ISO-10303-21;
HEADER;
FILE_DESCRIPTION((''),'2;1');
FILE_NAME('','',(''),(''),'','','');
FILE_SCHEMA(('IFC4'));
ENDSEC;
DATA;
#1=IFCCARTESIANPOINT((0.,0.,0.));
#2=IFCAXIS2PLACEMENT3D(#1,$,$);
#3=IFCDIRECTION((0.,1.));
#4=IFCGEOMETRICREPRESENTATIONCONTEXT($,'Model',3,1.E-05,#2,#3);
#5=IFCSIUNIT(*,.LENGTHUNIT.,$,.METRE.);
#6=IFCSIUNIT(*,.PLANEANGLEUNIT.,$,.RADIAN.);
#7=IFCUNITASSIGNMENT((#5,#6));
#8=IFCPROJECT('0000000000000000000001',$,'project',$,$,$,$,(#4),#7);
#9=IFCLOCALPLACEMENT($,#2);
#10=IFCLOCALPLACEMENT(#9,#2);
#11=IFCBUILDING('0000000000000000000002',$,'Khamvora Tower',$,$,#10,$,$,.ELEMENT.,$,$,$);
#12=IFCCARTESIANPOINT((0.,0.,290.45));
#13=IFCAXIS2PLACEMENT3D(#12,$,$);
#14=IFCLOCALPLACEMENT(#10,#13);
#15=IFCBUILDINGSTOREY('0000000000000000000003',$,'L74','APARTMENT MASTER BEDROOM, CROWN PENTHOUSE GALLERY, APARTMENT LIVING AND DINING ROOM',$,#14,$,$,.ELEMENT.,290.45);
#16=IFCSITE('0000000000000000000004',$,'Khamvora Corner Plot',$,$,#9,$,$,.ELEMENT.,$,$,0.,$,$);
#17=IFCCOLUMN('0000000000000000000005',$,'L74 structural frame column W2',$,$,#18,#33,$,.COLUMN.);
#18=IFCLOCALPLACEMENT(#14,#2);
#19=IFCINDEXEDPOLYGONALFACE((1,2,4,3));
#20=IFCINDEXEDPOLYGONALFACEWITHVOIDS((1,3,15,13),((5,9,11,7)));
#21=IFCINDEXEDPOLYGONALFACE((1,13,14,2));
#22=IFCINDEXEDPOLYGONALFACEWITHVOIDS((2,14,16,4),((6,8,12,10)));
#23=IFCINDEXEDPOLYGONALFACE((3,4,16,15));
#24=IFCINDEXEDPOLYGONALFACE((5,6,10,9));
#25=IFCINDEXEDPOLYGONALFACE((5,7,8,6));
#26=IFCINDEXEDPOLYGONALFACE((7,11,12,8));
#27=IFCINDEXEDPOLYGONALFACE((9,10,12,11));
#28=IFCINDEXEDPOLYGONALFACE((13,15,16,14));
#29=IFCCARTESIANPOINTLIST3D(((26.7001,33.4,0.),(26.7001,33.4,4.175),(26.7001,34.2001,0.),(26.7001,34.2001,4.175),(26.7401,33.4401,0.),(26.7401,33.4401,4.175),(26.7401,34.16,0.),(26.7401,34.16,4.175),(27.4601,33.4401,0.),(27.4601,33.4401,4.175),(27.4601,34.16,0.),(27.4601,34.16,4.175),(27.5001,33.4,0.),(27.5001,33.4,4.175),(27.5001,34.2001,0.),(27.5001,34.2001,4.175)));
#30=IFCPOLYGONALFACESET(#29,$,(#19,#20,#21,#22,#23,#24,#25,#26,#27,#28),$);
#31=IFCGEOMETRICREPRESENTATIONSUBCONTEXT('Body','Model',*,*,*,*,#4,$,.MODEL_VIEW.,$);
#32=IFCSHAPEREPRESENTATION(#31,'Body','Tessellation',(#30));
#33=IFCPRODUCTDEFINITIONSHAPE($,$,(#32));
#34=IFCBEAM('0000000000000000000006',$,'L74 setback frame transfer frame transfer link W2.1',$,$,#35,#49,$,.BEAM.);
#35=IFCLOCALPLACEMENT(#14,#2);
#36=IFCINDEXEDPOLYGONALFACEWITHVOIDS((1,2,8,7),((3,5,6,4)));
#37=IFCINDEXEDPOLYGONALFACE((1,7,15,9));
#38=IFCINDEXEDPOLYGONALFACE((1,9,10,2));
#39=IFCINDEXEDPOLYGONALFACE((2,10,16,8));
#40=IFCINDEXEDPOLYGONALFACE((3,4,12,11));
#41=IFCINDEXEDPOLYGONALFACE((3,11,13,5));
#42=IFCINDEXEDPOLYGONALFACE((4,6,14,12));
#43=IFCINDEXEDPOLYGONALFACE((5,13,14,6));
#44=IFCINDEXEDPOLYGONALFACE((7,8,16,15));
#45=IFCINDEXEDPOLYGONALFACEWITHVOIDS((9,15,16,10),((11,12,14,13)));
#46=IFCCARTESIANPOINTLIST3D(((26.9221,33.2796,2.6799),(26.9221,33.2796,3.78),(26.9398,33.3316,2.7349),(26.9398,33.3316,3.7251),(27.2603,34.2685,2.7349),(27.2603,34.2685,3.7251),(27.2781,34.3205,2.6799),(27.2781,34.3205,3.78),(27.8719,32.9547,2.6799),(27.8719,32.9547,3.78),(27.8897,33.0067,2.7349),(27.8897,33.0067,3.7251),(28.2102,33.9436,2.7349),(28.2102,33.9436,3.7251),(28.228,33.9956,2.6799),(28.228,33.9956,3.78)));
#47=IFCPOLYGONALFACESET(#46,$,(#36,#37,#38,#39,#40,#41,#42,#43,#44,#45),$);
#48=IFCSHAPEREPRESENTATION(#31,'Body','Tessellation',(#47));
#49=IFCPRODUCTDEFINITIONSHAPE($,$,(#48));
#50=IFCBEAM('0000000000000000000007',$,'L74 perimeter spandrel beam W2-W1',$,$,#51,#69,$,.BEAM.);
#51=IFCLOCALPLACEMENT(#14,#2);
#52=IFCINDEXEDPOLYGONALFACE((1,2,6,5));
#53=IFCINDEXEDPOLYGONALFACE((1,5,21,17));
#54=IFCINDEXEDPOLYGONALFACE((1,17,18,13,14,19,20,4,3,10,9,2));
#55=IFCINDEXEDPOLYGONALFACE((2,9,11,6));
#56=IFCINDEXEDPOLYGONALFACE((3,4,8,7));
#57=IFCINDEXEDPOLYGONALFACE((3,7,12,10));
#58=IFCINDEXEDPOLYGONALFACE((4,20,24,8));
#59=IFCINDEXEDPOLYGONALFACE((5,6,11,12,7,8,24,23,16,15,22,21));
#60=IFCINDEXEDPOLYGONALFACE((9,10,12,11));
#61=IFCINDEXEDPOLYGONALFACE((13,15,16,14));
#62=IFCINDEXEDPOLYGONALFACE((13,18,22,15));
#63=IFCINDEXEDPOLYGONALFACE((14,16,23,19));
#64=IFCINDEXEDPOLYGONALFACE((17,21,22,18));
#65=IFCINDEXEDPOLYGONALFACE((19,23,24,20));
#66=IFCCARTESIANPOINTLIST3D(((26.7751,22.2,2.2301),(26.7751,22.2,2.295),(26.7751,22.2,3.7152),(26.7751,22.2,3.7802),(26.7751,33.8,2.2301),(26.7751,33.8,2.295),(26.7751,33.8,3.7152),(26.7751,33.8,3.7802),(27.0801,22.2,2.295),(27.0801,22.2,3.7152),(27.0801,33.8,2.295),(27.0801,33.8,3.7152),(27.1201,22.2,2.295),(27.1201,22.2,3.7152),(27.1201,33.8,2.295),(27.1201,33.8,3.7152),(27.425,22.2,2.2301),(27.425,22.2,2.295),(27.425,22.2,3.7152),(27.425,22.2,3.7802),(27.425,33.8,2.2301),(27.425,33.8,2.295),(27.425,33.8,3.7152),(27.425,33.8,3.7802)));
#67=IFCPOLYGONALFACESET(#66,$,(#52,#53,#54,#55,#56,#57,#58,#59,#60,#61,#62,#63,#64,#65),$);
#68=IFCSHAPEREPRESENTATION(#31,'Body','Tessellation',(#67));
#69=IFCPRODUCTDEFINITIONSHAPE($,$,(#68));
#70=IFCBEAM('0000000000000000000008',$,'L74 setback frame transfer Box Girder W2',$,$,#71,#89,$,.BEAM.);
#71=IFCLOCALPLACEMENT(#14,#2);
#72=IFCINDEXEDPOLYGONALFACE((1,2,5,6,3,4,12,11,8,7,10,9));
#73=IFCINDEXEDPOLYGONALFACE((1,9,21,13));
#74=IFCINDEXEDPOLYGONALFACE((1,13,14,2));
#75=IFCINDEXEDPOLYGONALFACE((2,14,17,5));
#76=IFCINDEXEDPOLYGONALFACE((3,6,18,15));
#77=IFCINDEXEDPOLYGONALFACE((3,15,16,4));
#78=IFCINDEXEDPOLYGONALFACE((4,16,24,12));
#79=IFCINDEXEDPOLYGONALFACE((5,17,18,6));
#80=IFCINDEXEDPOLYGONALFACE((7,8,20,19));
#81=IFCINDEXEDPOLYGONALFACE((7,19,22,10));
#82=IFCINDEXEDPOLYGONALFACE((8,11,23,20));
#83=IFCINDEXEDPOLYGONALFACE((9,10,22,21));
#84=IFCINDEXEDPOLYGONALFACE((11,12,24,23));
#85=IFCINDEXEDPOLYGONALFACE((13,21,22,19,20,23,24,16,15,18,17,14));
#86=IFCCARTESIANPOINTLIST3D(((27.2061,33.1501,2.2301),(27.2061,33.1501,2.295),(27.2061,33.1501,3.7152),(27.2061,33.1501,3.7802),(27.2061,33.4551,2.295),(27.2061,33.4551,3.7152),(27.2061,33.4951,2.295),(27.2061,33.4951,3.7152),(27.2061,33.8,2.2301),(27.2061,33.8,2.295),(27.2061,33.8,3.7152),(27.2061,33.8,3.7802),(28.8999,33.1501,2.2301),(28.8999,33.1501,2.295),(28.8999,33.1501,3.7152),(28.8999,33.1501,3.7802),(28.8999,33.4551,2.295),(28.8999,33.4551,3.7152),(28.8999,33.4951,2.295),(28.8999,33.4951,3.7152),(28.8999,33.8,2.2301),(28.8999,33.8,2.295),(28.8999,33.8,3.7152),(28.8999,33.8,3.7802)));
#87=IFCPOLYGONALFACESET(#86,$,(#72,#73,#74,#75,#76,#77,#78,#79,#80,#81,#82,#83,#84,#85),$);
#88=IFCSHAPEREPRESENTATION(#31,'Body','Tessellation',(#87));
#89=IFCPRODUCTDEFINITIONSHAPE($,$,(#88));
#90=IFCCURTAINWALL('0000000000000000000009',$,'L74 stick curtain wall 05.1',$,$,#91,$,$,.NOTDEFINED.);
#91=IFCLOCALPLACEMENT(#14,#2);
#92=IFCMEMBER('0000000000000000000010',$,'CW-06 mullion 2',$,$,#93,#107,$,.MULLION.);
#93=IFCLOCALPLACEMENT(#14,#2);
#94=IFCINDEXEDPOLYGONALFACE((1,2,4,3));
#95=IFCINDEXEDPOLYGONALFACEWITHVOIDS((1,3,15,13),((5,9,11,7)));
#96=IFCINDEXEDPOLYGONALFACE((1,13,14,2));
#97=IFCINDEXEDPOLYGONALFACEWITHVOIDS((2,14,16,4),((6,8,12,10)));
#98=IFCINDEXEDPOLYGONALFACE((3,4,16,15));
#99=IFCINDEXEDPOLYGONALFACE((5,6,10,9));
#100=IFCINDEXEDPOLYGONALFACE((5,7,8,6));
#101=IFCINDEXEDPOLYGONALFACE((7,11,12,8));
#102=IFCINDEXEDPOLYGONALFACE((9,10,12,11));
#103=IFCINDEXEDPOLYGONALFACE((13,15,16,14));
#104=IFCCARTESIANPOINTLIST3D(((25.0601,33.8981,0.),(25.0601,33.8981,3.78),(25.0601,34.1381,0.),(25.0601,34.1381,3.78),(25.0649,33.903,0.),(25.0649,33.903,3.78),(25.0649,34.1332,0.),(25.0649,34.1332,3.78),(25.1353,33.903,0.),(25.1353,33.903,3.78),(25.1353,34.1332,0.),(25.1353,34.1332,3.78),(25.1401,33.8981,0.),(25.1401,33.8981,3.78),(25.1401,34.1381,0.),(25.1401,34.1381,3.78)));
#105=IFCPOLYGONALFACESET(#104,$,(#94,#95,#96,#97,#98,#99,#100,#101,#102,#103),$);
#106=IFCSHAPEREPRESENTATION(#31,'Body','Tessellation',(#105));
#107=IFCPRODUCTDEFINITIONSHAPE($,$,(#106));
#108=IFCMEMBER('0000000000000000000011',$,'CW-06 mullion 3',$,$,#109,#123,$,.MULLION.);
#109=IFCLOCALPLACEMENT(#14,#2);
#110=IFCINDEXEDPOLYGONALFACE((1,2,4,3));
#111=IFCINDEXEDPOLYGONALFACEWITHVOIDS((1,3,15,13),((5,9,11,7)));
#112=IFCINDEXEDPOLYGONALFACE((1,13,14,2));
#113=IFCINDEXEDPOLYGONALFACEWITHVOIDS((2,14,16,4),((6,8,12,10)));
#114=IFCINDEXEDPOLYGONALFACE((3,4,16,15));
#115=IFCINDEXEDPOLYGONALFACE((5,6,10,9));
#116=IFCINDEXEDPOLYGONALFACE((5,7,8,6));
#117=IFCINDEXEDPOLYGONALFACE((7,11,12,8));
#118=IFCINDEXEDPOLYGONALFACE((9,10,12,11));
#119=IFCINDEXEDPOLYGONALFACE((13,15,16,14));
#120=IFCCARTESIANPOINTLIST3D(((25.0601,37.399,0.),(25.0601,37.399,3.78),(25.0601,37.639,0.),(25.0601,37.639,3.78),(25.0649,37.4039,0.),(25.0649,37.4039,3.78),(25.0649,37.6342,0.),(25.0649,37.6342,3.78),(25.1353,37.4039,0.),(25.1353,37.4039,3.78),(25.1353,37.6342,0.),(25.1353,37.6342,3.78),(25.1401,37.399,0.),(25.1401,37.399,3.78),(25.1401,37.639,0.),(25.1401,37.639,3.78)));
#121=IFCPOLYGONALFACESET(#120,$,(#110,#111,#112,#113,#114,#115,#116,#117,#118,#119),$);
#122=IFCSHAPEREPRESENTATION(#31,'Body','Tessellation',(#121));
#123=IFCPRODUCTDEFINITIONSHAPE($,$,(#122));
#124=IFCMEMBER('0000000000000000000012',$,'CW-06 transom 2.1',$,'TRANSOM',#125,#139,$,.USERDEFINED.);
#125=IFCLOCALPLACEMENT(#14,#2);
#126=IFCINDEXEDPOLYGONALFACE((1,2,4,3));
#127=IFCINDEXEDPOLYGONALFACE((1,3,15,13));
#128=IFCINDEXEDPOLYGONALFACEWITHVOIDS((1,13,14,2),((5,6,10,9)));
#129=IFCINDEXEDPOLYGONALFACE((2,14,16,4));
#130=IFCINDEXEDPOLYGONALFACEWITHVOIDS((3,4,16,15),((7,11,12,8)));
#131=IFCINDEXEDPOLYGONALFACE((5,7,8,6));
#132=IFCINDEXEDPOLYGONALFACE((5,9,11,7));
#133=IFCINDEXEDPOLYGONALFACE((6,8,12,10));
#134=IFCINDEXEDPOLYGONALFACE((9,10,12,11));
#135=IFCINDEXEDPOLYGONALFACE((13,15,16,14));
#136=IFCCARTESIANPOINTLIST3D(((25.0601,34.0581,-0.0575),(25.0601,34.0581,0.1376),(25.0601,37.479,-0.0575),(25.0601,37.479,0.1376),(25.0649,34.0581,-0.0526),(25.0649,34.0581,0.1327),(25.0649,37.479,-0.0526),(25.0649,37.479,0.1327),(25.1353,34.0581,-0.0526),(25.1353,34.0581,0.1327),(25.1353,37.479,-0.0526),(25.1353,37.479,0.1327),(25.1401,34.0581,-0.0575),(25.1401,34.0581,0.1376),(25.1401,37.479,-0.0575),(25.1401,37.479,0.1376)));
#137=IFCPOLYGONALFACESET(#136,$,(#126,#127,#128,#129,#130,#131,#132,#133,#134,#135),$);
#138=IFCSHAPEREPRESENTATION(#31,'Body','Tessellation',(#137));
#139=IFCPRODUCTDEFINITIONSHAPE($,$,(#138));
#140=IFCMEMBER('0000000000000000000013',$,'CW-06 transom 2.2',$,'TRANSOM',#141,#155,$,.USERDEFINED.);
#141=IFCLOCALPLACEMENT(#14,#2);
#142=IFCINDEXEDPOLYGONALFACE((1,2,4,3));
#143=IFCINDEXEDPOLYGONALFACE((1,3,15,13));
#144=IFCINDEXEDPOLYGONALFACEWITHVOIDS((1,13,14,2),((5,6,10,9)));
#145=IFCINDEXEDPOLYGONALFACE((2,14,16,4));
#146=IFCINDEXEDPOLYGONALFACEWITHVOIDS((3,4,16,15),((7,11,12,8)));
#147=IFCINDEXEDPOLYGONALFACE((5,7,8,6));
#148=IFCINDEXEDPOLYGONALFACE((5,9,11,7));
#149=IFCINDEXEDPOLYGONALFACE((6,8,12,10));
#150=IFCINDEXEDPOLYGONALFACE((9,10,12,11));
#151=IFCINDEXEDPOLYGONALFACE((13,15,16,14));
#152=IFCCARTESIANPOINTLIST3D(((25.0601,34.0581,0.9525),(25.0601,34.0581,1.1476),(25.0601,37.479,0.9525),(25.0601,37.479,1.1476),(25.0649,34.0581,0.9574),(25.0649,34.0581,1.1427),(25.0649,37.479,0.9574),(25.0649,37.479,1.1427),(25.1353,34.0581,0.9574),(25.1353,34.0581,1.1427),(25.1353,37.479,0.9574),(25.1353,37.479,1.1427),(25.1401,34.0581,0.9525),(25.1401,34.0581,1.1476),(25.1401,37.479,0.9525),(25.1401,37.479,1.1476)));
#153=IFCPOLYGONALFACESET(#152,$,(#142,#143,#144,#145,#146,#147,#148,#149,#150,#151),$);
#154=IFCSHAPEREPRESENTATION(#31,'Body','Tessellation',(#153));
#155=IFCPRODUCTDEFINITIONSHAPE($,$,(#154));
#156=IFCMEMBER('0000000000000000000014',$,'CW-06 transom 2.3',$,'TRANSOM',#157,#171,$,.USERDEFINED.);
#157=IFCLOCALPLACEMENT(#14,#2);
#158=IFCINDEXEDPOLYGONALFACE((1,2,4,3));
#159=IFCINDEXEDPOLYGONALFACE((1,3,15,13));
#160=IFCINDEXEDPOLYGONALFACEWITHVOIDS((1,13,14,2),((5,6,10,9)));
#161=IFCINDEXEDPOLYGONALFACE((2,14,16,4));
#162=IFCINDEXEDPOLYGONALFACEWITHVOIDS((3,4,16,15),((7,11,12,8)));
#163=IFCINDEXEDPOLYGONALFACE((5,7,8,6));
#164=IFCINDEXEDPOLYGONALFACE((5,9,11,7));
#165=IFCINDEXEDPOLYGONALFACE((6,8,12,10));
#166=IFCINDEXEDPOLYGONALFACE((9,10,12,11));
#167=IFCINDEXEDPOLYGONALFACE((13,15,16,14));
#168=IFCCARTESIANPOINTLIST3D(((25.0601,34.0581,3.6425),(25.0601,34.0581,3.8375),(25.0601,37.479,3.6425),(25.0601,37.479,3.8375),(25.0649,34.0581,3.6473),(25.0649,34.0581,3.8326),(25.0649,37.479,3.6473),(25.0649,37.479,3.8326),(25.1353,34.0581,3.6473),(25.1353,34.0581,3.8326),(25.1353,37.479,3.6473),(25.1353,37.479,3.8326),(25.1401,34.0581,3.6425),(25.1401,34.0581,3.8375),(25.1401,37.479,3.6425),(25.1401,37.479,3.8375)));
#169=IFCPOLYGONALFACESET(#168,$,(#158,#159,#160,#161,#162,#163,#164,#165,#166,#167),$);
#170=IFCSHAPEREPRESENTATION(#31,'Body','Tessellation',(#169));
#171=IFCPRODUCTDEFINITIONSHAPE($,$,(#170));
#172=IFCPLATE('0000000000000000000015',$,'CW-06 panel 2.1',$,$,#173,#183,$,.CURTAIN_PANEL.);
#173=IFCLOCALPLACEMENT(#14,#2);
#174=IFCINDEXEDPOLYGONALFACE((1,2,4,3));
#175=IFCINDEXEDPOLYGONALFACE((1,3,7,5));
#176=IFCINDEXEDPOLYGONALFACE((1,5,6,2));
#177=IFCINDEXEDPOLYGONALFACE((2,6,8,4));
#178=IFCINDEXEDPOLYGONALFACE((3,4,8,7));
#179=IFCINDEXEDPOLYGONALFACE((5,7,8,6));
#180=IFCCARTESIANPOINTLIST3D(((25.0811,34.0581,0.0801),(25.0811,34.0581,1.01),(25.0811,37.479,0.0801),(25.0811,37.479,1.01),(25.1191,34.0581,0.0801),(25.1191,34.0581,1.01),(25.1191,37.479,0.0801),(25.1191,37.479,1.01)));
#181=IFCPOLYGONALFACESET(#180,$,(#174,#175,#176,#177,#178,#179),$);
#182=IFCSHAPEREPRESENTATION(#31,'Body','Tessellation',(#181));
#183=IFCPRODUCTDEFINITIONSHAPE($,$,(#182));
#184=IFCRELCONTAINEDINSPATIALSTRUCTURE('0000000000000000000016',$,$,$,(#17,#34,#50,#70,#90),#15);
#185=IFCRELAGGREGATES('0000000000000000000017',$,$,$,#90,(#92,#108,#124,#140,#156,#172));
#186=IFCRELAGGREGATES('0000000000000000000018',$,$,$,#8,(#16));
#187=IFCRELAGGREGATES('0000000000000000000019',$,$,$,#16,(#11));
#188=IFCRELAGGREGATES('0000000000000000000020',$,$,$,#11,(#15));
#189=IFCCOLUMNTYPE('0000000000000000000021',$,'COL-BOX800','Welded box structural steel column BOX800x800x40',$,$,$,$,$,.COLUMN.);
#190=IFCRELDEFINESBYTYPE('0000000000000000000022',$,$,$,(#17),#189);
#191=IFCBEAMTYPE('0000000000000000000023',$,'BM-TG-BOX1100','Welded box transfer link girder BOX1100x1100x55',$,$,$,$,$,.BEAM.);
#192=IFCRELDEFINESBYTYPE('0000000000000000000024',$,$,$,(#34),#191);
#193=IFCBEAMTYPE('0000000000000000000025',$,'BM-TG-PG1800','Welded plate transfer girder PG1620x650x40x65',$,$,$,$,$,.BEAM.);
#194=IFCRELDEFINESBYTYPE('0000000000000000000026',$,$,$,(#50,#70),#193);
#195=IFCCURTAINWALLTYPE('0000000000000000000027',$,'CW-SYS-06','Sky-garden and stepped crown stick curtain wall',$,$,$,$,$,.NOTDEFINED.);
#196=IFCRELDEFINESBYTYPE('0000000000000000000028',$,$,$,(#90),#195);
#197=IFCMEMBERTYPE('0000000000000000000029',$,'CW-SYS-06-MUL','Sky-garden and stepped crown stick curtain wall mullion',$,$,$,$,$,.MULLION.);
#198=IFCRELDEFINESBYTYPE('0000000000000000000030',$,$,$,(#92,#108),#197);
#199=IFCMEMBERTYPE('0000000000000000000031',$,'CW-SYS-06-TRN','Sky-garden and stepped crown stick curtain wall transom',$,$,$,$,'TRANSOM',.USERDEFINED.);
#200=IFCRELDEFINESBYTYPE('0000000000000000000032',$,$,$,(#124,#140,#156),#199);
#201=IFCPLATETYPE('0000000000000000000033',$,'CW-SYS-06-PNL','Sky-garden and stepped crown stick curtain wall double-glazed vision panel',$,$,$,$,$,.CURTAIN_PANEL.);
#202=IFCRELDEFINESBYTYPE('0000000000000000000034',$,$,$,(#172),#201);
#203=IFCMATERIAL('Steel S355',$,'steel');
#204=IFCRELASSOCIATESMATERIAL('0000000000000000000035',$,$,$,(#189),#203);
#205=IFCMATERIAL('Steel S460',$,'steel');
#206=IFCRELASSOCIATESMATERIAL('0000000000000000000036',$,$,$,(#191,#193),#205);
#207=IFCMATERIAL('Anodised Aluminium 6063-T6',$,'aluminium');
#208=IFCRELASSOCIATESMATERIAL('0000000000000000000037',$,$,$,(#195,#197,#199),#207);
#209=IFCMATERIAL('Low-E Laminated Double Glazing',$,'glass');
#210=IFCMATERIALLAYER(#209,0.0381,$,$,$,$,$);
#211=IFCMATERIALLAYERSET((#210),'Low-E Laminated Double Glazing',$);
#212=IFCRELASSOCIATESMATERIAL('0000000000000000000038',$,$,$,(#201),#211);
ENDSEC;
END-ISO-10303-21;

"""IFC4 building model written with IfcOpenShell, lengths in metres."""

from ifc_helpers import new_model, si_unit, direction, frame, origin, origin_2d, place, context, subcontext, project, spatial, rectangle, hollow_rectangle, i_section, extrude, material, layer, layer_set, material_profile, profile_set, type_object, element, aggregate, save


model = new_model("IFC4")

# Units and contexts
model_context = context("Model", 3, precision=1e-05, world=origin(), true_north=direction((0.0, 1.0)))
body_context = subcontext(model_context, "Body", "Model", "MODEL_VIEW")
ifc_project = project(units=[si_unit("LENGTHUNIT", "METRE"), si_unit("PLANEANGLEUNIT", "RADIAN")], contexts=[model_context])

# Site, building, storey
site_placement = place(None, origin())
site = spatial("IfcSite", under=ifc_project, at=site_placement, Name="Khamvora Corner Plot", CompositionType="ELEMENT", RefElevation=0.0)
building_placement = place(site_placement, origin())
building = spatial("IfcBuilding", under=site, at=building_placement, Name="Khamvora Tower", CompositionType="ELEMENT")
storey_placement = place(building_placement, frame((0.0, 0.0, 290.45)))
storey = spatial("IfcBuildingStorey", under=building, at=storey_placement, Name="L74", Description="APARTMENT MASTER BEDROOM, CROWN PENTHOUSE GALLERY, APARTMENT LIVING AND DINING ROOM", CompositionType="ELEMENT", Elevation=290.45)

# Column
ifc_material_1 = material(Name="Steel S355", Category="steel")
ifc_material_profile_1 = material_profile(ifc_material_1, hollow_rectangle(XDim=0.8, YDim=0.8, WallThickness=0.04, at=origin_2d()), Name="BOX800x800x40")
ifc_profile_set_1 = profile_set([ifc_material_profile_1], Name="Steel S355")
column_type = type_object("IfcColumnType", Name="COL-BOX800", Description="Welded box structural steel column BOX800x800x40", PredefinedType="COLUMN", material=ifc_profile_set_1)
column_placement = place(storey_placement, frame((27.1001, 33.8, 0.0), z_axis=(0.0, 0.0, 1.0), x_axis=(1.0, 0.0, 0.0)))
element("IfcColumn", 1, at=column_placement, inside=storey, type_object=column_type, Name="L74 structural frame column W2", PredefinedType="COLUMN", context=body_context, shape_type="SweptSolid", body=[
    extrude(hollow_rectangle(XDim=0.8, YDim=0.8, WallThickness=0.04, at=origin_2d()), origin(), (0.0, 0.0, 1.0), 4.175),
])

# Beams
ifc_material_2 = material(Name="Steel S460", Category="steel")
ifc_material_profile_2 = material_profile(ifc_material_2, hollow_rectangle(XDim=1.1001, YDim=1.1001, WallThickness=0.0549, at=origin_2d()), Name="BOX1100x1100x55")
ifc_profile_set_2 = profile_set([ifc_material_profile_2], Name="Steel S460")
beam_type_1 = type_object("IfcBeamType", Name="BM-TG-BOX1100", Description="Welded box transfer link girder BOX1100x1100x55", PredefinedType="BEAM", material=ifc_profile_set_2)
beam_1_placement = place(storey_placement, frame((27.1001, 33.8, 3.23), z_axis=(0.946174, -0.323659, 0.0), x_axis=(0.323659, 0.946174, 0.0)))
element("IfcBeam", 2, at=beam_1_placement, inside=storey, type_object=beam_type_1, Name="L74 setback frame transfer frame transfer link W2.1", PredefinedType="BEAM", context=body_context, shape_type="SweptSolid", body=[
    extrude(hollow_rectangle(XDim=1.1001, YDim=1.1001, WallThickness=0.0549, at=origin_2d()), origin(), (0.0, 0.0, 1.0), 1.0039),
])
ifc_material_profile_3 = material_profile(ifc_material_2, i_section(OverallWidth=0.6499, OverallDepth=1.55, WebThickness=0.04, FlangeThickness=0.0649, at=origin_2d()), Name="PG1550x650x40x65")
ifc_profile_set_3 = profile_set([ifc_material_profile_3], Name="Steel S460")
beam_type_2 = type_object("IfcBeamType", Name="BM-TG-PG1800", Description="Welded plate transfer girder PG1620x650x40x65", PredefinedType="BEAM", material=ifc_profile_set_3)
beam_2_placement = place(storey_placement, frame((27.1001, 33.8, 3.0051), z_axis=(0.0, -1.0, 0.0), x_axis=(1.0, 0.0, 0.0)))
element("IfcBeam", 3, at=beam_2_placement, inside=storey, type_object=beam_type_2, Name="L74 perimeter spandrel beam W2-W1", PredefinedType="BEAM", context=body_context, shape_type="SweptSolid", body=[
    extrude(i_section(OverallWidth=0.6499, OverallDepth=1.55, WebThickness=0.04, FlangeThickness=0.0649, at=origin_2d()), origin(), (0.0, 0.0, 1.0), 11.6001),
])
beam_3_placement = place(storey_placement, frame((27.2061, 33.4751, 3.0051), z_axis=(1.0, 0.0, 0.0), x_axis=(0.0, 1.0, 0.0)))
element("IfcBeam", 4, at=beam_3_placement, inside=storey, type_object=beam_type_2, Name="L74 setback frame transfer Box Girder W2", PredefinedType="BEAM", context=body_context, shape_type="SweptSolid", body=[
    extrude(i_section(OverallWidth=0.6499, OverallDepth=1.55, WebThickness=0.04, FlangeThickness=0.0649, at=origin_2d()), origin(), (0.0, 0.0, 1.0), 1.6938),
])

# Curtain wall, members, plate
ifc_material_3 = material(Name="Anodised Aluminium 6063-T6", Category="aluminium")
curtain_wall_type = type_object("IfcCurtainWallType", Name="CW-SYS-06", Description="Sky-garden and stepped crown stick curtain wall", PredefinedType="NOTDEFINED", material=ifc_material_3)
curtain_wall_placement = place(storey_placement, origin())
curtain_wall = element("IfcCurtainWall", 5, at=curtain_wall_placement, inside=storey, type_object=curtain_wall_type, Name="L74 stick curtain wall 05.1", PredefinedType="NOTDEFINED")
ifc_material_profile_4 = material_profile(ifc_material_3, hollow_rectangle(XDim=0.0801, YDim=0.24, WallThickness=0.0049, at=origin_2d()), Name="MUL80x240x5")
ifc_profile_set_4 = profile_set([ifc_material_profile_4], Name="Anodised Aluminium 6063-T6")
member_type_1 = type_object("IfcMemberType", Name="CW-SYS-06-MUL", Description="Sky-garden and stepped crown stick curtain wall mullion", PredefinedType="MULLION", material=ifc_profile_set_4)
member_1_placement = place(storey_placement, frame((25.1001, 34.0181, 0.0), z_axis=(0.0, 0.0, 1.0), x_axis=(-1.0, 0.0, 0.0)))
member_1 = element("IfcMember", 6, at=member_1_placement, type_object=member_type_1, Name="CW-06 mullion 2", PredefinedType="MULLION", context=body_context, shape_type="SweptSolid", body=[
    extrude(hollow_rectangle(XDim=0.0801, YDim=0.24, WallThickness=0.0049, at=origin_2d()), origin(), (0.0, 0.0, 1.0), 3.78),
])
member_2_placement = place(storey_placement, frame((25.1001, 37.519, 0.0), z_axis=(0.0, 0.0, 1.0), x_axis=(-1.0, 0.0, 0.0)))
member_2 = element("IfcMember", 7, at=member_2_placement, type_object=member_type_1, Name="CW-06 mullion 3", PredefinedType="MULLION", context=body_context, shape_type="SweptSolid", body=[
    extrude(hollow_rectangle(XDim=0.0801, YDim=0.24, WallThickness=0.0049, at=origin_2d()), origin(), (0.0, 0.0, 1.0), 3.78),
])
ifc_material_profile_5 = material_profile(ifc_material_3, hollow_rectangle(XDim=0.0801, YDim=0.1951, WallThickness=0.0049, at=origin_2d()), Name="TRN80x195x5")
ifc_profile_set_5 = profile_set([ifc_material_profile_5], Name="Anodised Aluminium 6063-T6")
member_type_2 = type_object("IfcMemberType", Name="CW-SYS-06-TRN", Description="Sky-garden and stepped crown stick curtain wall transom", ElementType="TRANSOM", PredefinedType="USERDEFINED", material=ifc_profile_set_5)
member_3_placement = place(storey_placement, frame((25.1001, 34.0581, 0.04), z_axis=(0.0, 1.0, 0.0), x_axis=(-1.0, 0.0, 0.0)))
member_3 = element("IfcMember", 8, at=member_3_placement, type_object=member_type_2, Name="CW-06 transom 2.1", ObjectType="TRANSOM", PredefinedType="USERDEFINED", context=body_context, shape_type="SweptSolid", body=[
    extrude(hollow_rectangle(XDim=0.0801, YDim=0.1951, WallThickness=0.0049, at=origin_2d()), origin(), (0.0, 0.0, 1.0), 3.4209),
])
member_4_placement = place(storey_placement, frame((25.1001, 34.0581, 1.05), z_axis=(0.0, 1.0, 0.0), x_axis=(-1.0, 0.0, 0.0)))
member_4 = element("IfcMember", 9, at=member_4_placement, type_object=member_type_2, Name="CW-06 transom 2.2", ObjectType="TRANSOM", PredefinedType="USERDEFINED", context=body_context, shape_type="SweptSolid", body=[
    extrude(hollow_rectangle(XDim=0.0801, YDim=0.1951, WallThickness=0.0049, at=origin_2d()), origin(), (0.0, 0.0, 1.0), 3.4209),
])
member_5_placement = place(storey_placement, frame((25.1001, 34.0581, 3.74), z_axis=(0.0, 1.0, 0.0), x_axis=(-1.0, 0.0, 0.0)))
member_5 = element("IfcMember", 10, at=member_5_placement, type_object=member_type_2, Name="CW-06 transom 2.3", ObjectType="TRANSOM", PredefinedType="USERDEFINED", context=body_context, shape_type="SweptSolid", body=[
    extrude(hollow_rectangle(XDim=0.0801, YDim=0.1951, WallThickness=0.0049, at=origin_2d()), origin(), (0.0, 0.0, 1.0), 3.4209),
])
ifc_material_4 = material(Name="Low-E Laminated Double Glazing", Category="glass")
ifc_layer_1 = layer(ifc_material_4, 0.0381)
ifc_layer_set_1 = layer_set([ifc_layer_1], Name="Low-E Laminated Double Glazing")
plate_type_1 = type_object("IfcPlateType", Name="CW-SYS-06-PNL", Description="Sky-garden and stepped crown stick curtain wall double-glazed vision panel", PredefinedType="CURTAIN_PANEL", material=ifc_layer_set_1)
plate_1_placement = place(storey_placement, frame((25.1001, 35.7686, 0.0801), z_axis=(0.0, 0.0, 1.0), x_axis=(0.0, 1.0, 0.0)))
plate_1 = element("IfcPlate", 11, at=plate_1_placement, type_object=plate_type_1, Name="CW-06 panel 2.1", PredefinedType="CURTAIN_PANEL", context=body_context, shape_type="SweptSolid", body=[
    extrude(rectangle(XDim=3.4209, YDim=0.0381, at=origin_2d()), origin(), (0.0, 0.0, 1.0), 0.9299),
])
aggregate(curtain_wall, [member_1, member_2, member_3, member_4, member_5, plate_1])

save(model, "model.ifc")
